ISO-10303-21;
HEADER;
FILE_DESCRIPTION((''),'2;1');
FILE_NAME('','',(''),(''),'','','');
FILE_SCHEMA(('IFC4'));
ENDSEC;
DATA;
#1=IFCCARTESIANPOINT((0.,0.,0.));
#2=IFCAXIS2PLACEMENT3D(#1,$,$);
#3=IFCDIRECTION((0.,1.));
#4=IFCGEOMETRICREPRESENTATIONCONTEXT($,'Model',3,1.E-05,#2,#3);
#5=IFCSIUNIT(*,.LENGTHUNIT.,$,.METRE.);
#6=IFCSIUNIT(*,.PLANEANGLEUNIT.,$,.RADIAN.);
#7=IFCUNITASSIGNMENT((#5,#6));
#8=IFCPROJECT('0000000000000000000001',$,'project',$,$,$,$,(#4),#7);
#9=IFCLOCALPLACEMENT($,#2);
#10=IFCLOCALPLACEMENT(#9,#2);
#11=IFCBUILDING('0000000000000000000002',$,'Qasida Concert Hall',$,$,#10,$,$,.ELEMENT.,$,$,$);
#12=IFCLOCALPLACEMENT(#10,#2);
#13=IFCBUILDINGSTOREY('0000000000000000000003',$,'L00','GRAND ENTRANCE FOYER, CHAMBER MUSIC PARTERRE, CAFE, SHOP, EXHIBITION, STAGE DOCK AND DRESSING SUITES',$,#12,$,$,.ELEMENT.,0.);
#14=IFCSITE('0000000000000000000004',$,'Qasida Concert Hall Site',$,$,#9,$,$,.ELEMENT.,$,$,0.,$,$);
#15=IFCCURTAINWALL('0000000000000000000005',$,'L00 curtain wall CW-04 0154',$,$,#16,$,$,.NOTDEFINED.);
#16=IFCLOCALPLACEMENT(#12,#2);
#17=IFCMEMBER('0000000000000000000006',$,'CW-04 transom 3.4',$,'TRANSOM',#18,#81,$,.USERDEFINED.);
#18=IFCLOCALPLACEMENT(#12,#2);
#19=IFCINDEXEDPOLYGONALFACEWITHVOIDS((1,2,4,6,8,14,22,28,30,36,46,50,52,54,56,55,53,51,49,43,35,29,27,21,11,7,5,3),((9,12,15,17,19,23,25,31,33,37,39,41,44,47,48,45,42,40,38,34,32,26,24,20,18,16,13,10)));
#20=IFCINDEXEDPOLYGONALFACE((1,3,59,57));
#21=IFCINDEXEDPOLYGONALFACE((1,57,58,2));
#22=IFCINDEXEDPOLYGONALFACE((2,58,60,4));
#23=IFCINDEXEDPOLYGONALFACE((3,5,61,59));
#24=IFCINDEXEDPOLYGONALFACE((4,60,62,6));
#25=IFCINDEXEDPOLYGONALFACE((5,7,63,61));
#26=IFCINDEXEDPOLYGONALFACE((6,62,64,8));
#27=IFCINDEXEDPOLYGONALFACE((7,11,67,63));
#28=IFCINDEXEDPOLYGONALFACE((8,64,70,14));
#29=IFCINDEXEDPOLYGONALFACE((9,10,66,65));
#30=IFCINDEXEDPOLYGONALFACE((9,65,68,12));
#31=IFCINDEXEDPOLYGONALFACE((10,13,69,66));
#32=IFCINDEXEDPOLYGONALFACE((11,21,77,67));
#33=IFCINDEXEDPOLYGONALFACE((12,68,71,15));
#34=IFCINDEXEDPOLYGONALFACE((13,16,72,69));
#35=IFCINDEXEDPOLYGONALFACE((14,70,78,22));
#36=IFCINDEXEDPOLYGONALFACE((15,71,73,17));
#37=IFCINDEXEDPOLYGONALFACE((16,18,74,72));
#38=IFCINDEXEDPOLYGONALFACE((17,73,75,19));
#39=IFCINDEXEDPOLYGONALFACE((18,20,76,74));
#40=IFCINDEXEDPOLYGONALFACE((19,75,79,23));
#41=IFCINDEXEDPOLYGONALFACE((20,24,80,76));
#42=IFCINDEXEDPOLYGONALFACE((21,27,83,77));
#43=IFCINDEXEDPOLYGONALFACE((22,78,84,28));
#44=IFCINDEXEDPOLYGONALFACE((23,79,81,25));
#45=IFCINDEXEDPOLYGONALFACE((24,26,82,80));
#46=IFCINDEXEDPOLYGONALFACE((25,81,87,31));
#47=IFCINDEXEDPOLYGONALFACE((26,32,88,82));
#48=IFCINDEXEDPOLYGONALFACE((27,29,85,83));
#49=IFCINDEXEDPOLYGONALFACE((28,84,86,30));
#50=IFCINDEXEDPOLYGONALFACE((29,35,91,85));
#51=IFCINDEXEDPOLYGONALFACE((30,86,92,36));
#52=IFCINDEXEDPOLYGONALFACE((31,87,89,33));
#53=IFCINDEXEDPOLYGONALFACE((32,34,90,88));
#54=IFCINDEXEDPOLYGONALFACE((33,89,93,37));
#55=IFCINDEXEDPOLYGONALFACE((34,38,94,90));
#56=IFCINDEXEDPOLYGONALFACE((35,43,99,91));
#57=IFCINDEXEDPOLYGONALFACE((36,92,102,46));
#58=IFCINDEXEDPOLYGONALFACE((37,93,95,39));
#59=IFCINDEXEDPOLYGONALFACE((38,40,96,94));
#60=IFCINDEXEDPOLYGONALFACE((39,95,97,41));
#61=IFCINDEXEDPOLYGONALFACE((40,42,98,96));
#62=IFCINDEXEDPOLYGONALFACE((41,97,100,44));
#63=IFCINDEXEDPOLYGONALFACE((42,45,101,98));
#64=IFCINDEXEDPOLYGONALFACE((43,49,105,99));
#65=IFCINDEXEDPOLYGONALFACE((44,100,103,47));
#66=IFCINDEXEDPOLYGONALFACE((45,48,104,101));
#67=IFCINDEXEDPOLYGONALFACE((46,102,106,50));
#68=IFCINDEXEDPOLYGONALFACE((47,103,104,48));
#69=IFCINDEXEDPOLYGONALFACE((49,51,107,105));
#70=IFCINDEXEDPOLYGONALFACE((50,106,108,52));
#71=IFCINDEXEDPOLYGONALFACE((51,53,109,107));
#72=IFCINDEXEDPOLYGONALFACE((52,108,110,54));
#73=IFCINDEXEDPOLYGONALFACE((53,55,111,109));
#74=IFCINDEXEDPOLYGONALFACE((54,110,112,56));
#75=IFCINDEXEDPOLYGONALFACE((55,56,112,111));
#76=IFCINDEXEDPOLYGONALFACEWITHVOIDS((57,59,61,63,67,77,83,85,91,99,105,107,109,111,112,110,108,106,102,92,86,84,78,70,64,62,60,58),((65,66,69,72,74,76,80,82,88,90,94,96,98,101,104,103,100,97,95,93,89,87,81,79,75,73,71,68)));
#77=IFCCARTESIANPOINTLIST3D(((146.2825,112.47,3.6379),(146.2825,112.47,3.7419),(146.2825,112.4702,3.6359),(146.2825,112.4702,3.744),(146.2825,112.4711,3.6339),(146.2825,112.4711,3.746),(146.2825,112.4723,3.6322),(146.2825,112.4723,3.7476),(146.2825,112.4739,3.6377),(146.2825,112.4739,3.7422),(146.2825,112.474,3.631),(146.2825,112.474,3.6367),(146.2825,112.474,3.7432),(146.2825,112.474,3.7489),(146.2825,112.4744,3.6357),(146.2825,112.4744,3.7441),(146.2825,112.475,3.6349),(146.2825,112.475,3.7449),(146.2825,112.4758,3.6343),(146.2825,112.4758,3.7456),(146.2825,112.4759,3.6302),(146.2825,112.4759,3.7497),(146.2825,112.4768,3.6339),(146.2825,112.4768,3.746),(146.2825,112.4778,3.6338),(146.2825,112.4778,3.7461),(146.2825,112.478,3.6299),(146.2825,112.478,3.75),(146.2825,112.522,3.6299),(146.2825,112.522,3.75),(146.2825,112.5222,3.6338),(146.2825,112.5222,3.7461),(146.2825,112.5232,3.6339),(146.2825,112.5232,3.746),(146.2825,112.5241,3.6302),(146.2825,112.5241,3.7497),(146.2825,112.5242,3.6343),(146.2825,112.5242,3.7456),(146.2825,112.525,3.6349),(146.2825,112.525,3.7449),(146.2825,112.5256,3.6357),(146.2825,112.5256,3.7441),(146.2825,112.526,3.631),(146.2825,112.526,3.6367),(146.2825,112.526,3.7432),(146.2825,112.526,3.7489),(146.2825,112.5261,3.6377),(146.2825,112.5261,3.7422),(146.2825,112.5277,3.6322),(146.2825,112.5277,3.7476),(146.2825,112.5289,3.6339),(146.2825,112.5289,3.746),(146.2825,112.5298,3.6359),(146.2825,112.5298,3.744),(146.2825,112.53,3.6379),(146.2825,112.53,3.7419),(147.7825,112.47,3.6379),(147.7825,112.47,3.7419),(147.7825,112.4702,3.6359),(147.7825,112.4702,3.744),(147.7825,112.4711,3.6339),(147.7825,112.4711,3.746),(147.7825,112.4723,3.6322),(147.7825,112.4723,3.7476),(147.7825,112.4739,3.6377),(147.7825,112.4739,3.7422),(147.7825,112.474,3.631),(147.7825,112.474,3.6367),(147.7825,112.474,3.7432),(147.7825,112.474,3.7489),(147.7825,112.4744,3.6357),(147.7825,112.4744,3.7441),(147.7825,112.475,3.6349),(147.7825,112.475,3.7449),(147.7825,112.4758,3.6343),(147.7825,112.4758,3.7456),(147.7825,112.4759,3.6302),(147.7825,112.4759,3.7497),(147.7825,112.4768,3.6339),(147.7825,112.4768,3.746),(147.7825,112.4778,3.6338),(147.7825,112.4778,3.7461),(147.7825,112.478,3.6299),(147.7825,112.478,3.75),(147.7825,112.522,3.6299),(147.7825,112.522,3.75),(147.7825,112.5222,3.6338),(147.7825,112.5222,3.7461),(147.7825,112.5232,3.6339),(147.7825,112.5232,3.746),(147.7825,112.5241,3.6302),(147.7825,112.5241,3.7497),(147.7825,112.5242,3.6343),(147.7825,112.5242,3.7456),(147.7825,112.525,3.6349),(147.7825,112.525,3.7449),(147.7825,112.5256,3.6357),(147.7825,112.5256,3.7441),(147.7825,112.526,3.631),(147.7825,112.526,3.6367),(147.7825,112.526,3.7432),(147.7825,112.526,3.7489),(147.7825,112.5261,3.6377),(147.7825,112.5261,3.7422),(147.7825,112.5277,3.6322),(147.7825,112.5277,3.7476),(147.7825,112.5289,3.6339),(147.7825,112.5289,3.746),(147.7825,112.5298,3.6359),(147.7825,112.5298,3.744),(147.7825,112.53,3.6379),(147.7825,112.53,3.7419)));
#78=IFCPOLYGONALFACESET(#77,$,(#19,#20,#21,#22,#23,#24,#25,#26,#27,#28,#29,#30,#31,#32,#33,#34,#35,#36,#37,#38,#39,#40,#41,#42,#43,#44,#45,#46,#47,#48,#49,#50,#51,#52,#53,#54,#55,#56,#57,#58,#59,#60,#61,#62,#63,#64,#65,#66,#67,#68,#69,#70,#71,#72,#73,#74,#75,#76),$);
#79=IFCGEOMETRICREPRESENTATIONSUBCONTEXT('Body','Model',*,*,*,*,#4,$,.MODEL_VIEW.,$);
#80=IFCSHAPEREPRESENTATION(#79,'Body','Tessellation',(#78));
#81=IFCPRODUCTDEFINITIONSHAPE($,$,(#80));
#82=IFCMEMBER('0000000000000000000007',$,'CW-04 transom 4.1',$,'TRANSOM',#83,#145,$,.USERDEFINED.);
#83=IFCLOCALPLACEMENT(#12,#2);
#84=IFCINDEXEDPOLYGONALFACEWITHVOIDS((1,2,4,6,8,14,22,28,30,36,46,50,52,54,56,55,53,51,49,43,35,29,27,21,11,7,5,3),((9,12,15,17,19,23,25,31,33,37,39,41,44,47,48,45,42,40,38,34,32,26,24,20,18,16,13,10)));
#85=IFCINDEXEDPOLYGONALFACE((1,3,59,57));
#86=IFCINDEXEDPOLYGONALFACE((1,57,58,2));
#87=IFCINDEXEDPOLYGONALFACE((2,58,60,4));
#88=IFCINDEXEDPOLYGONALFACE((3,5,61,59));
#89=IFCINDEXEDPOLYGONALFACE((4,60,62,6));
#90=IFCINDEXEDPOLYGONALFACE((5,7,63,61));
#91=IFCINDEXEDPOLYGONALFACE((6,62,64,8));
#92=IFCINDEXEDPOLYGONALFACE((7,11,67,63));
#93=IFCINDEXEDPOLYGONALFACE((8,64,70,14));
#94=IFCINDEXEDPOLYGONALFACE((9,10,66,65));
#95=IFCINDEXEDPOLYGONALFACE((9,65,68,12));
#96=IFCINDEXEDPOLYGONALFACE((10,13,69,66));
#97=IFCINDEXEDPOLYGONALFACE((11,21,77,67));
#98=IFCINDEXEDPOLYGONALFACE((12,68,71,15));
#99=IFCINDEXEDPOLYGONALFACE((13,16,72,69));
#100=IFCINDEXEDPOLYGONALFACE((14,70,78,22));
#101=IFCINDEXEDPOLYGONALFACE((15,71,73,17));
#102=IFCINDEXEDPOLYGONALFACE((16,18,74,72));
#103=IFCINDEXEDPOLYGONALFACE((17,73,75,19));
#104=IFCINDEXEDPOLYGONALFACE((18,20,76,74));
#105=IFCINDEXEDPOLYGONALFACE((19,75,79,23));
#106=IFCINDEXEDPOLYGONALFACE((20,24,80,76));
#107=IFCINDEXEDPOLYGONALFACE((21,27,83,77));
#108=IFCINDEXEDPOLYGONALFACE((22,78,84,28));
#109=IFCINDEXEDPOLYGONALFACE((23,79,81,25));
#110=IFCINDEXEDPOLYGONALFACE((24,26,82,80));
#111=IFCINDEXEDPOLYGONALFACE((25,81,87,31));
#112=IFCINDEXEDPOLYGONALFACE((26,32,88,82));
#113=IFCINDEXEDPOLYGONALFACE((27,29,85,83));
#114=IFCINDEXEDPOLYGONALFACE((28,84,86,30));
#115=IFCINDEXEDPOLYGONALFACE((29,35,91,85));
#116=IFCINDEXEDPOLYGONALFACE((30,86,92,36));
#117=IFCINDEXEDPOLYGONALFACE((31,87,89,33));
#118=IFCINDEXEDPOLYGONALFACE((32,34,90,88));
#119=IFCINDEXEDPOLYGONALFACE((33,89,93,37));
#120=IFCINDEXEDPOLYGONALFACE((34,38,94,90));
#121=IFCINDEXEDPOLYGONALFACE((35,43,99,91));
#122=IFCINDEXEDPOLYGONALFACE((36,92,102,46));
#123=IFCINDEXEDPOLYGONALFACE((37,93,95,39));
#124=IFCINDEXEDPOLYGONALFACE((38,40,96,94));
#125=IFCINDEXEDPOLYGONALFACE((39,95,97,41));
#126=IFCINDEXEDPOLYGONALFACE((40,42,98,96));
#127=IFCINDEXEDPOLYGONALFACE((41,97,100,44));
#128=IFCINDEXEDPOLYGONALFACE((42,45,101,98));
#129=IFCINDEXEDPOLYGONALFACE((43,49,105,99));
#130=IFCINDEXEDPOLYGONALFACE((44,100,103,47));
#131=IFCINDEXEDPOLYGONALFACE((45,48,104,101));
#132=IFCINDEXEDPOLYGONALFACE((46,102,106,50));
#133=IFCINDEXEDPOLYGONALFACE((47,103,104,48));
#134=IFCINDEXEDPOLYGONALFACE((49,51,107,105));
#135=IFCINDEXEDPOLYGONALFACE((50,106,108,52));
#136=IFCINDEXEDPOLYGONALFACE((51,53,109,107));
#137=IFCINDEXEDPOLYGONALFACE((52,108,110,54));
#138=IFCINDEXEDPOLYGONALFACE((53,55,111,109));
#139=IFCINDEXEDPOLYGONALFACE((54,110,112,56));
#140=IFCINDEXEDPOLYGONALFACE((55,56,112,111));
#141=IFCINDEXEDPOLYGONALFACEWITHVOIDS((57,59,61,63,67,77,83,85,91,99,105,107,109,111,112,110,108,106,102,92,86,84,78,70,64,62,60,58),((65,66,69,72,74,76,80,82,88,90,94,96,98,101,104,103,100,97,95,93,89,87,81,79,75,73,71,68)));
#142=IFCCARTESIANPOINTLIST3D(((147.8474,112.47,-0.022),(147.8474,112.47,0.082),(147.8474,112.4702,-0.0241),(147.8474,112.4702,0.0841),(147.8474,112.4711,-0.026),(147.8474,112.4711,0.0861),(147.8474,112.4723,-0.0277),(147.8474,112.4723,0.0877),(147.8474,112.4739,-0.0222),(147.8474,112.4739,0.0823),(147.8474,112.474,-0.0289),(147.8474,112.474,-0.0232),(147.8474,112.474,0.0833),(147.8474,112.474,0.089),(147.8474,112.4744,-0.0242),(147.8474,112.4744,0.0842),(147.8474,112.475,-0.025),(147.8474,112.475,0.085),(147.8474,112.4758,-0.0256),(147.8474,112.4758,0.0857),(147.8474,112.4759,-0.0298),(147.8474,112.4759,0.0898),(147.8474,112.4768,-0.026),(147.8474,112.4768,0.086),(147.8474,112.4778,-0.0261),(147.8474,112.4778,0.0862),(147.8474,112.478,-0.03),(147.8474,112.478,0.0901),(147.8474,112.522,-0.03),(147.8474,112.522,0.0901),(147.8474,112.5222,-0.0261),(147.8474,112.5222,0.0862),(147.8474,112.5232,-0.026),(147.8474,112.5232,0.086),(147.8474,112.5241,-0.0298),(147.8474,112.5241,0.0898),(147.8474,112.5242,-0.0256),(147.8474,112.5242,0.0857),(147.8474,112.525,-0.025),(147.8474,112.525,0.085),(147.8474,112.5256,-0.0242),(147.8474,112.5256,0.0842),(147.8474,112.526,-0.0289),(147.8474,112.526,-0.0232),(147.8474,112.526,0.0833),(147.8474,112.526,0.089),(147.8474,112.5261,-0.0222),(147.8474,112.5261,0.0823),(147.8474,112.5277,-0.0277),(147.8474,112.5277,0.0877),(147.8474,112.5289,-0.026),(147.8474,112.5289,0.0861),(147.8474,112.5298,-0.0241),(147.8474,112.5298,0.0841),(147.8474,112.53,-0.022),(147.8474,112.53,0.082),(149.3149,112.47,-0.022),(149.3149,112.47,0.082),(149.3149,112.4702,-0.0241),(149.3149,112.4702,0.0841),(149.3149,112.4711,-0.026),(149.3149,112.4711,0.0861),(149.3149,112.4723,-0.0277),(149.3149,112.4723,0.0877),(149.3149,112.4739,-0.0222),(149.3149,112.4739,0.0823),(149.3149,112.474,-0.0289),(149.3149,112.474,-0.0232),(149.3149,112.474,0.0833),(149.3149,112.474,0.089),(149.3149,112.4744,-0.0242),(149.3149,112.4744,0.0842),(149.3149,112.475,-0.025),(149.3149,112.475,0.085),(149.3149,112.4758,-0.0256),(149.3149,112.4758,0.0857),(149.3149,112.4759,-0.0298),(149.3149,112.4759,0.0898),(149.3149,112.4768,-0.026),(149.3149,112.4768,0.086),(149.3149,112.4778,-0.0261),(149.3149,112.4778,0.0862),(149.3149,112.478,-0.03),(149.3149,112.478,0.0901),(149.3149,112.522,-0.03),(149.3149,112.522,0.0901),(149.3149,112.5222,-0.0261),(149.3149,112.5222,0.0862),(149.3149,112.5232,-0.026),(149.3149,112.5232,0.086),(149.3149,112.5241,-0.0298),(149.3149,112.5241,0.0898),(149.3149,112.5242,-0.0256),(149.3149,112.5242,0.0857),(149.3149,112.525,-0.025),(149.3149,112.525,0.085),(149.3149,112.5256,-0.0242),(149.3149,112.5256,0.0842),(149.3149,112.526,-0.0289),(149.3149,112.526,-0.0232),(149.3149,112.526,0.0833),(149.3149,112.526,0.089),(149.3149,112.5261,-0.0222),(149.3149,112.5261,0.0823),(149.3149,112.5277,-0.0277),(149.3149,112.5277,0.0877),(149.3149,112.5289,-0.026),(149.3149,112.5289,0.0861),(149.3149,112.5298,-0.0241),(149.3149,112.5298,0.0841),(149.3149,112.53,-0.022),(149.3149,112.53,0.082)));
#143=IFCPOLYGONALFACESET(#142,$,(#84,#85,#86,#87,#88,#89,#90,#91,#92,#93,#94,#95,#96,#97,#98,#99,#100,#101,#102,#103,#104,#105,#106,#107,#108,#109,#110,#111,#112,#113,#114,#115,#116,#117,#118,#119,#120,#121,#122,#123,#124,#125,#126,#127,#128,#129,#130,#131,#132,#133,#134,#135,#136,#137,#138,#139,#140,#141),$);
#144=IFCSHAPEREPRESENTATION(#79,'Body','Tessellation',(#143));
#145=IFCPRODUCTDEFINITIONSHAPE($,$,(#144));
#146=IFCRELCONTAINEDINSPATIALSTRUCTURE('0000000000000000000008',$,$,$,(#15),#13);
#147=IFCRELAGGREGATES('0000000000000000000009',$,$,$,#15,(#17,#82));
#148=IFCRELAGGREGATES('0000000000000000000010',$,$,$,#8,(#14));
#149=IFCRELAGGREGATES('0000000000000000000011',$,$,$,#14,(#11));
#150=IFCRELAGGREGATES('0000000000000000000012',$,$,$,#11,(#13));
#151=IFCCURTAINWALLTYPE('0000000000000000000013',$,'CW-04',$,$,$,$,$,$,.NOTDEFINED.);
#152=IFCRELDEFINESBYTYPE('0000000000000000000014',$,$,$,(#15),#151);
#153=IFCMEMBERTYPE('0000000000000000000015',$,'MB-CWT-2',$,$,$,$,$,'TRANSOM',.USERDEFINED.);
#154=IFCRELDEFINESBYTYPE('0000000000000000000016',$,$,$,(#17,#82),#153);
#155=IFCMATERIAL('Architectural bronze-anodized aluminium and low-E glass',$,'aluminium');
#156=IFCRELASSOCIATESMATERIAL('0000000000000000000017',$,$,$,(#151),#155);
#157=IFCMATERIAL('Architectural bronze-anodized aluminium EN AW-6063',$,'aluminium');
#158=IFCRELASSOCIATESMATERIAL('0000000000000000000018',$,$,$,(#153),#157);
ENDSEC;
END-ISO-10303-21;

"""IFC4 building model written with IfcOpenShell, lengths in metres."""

from ifc_helpers import new_model, si_unit, direction, frame, origin, origin_2d, place, context, subcontext, project, spatial, hollow_rectangle, extrude, material, material_profile, profile_set, type_object, element, aggregate, save


model = new_model("IFC4")

# Units and contexts
model_context = context("Model", 3, precision=1e-05, world=origin(), true_north=direction((0.0, 1.0)))
body_context = subcontext(model_context, "Body", "Model", "MODEL_VIEW")
ifc_project = project(units=[si_unit("LENGTHUNIT", "METRE"), si_unit("PLANEANGLEUNIT", "RADIAN")], contexts=[model_context])

# Site, building, storey
site_placement = place(None, origin())
site = spatial("IfcSite", under=ifc_project, at=site_placement, Name="Qasida Concert Hall Site", CompositionType="ELEMENT", RefElevation=0.0)
building_placement = place(site_placement, origin())
building = spatial("IfcBuilding", under=site, at=building_placement, Name="Qasida Concert Hall", CompositionType="ELEMENT")
storey_placement = place(building_placement, origin())
storey = spatial("IfcBuildingStorey", under=building, at=storey_placement, Name="L00", Description="GRAND ENTRANCE FOYER, CHAMBER MUSIC PARTERRE, CAFE, SHOP, EXHIBITION, STAGE DOCK AND DRESSING SUITES", CompositionType="ELEMENT", Elevation=0.0)

# Curtain wall, members
ifc_material_1 = material(Name="Architectural bronze-anodized aluminium and low-E glass", Category="aluminium")
curtain_wall_type = type_object("IfcCurtainWallType", Name="CW-04", PredefinedType="NOTDEFINED", material=ifc_material_1)
curtain_wall_placement = place(storey_placement, origin())
curtain_wall = element("IfcCurtainWall", 1, at=curtain_wall_placement, inside=storey, type_object=curtain_wall_type, Name="L00 curtain wall CW-04 0154", PredefinedType="NOTDEFINED")
ifc_material_2 = material(Name="Architectural bronze-anodized aluminium EN AW-6063", Category="aluminium")
ifc_material_profile_1 = material_profile(ifc_material_2, hollow_rectangle(XDim=0.0601, YDim=0.1201, WallThickness=0.0039, InnerFilletRadius=0.0039, OuterFilletRadius=0.0081, at=origin_2d()), Name="CWT 120x60x4")
ifc_profile_set_1 = profile_set([ifc_material_profile_1], Name="Architectural bronze-anodized aluminium EN AW-6063")
member_type_1 = type_object("IfcMemberType", Name="MB-CWT-2", ElementType="TRANSOM", PredefinedType="USERDEFINED", material=ifc_profile_set_1)
member_1_placement = place(storey_placement, frame((146.2825, 112.5, 3.6899), z_axis=(1.0, 0.0, 0.0), x_axis=(0.0, 1.0, 0.0)))
member_1 = element("IfcMember", 2, at=member_1_placement, type_object=member_type_1, Name="CW-04 transom 3.4", ObjectType="TRANSOM", PredefinedType="USERDEFINED", context=body_context, shape_type="SweptSolid", body=[
    extrude(hollow_rectangle(XDim=0.0601, YDim=0.1201, WallThickness=0.0039, InnerFilletRadius=0.0039, OuterFilletRadius=0.0081, at=origin_2d()), origin(), (0.0, 0.0, 1.0), 1.5),
])
member_2_placement = place(storey_placement, frame((147.8474, 112.5, 0.03), z_axis=(1.0, 0.0, 0.0), x_axis=(0.0, 1.0, 0.0)))
member_2 = element("IfcMember", 3, at=member_2_placement, type_object=member_type_1, Name="CW-04 transom 4.1", ObjectType="TRANSOM", PredefinedType="USERDEFINED", context=body_context, shape_type="SweptSolid", body=[
    extrude(hollow_rectangle(XDim=0.0601, YDim=0.1201, WallThickness=0.0039, InnerFilletRadius=0.0039, OuterFilletRadius=0.0081, at=origin_2d()), origin(), (0.0, 0.0, 1.0), 1.4675),
])
aggregate(curtain_wall, [member_1, member_2])

save(model, "model.ifc")
